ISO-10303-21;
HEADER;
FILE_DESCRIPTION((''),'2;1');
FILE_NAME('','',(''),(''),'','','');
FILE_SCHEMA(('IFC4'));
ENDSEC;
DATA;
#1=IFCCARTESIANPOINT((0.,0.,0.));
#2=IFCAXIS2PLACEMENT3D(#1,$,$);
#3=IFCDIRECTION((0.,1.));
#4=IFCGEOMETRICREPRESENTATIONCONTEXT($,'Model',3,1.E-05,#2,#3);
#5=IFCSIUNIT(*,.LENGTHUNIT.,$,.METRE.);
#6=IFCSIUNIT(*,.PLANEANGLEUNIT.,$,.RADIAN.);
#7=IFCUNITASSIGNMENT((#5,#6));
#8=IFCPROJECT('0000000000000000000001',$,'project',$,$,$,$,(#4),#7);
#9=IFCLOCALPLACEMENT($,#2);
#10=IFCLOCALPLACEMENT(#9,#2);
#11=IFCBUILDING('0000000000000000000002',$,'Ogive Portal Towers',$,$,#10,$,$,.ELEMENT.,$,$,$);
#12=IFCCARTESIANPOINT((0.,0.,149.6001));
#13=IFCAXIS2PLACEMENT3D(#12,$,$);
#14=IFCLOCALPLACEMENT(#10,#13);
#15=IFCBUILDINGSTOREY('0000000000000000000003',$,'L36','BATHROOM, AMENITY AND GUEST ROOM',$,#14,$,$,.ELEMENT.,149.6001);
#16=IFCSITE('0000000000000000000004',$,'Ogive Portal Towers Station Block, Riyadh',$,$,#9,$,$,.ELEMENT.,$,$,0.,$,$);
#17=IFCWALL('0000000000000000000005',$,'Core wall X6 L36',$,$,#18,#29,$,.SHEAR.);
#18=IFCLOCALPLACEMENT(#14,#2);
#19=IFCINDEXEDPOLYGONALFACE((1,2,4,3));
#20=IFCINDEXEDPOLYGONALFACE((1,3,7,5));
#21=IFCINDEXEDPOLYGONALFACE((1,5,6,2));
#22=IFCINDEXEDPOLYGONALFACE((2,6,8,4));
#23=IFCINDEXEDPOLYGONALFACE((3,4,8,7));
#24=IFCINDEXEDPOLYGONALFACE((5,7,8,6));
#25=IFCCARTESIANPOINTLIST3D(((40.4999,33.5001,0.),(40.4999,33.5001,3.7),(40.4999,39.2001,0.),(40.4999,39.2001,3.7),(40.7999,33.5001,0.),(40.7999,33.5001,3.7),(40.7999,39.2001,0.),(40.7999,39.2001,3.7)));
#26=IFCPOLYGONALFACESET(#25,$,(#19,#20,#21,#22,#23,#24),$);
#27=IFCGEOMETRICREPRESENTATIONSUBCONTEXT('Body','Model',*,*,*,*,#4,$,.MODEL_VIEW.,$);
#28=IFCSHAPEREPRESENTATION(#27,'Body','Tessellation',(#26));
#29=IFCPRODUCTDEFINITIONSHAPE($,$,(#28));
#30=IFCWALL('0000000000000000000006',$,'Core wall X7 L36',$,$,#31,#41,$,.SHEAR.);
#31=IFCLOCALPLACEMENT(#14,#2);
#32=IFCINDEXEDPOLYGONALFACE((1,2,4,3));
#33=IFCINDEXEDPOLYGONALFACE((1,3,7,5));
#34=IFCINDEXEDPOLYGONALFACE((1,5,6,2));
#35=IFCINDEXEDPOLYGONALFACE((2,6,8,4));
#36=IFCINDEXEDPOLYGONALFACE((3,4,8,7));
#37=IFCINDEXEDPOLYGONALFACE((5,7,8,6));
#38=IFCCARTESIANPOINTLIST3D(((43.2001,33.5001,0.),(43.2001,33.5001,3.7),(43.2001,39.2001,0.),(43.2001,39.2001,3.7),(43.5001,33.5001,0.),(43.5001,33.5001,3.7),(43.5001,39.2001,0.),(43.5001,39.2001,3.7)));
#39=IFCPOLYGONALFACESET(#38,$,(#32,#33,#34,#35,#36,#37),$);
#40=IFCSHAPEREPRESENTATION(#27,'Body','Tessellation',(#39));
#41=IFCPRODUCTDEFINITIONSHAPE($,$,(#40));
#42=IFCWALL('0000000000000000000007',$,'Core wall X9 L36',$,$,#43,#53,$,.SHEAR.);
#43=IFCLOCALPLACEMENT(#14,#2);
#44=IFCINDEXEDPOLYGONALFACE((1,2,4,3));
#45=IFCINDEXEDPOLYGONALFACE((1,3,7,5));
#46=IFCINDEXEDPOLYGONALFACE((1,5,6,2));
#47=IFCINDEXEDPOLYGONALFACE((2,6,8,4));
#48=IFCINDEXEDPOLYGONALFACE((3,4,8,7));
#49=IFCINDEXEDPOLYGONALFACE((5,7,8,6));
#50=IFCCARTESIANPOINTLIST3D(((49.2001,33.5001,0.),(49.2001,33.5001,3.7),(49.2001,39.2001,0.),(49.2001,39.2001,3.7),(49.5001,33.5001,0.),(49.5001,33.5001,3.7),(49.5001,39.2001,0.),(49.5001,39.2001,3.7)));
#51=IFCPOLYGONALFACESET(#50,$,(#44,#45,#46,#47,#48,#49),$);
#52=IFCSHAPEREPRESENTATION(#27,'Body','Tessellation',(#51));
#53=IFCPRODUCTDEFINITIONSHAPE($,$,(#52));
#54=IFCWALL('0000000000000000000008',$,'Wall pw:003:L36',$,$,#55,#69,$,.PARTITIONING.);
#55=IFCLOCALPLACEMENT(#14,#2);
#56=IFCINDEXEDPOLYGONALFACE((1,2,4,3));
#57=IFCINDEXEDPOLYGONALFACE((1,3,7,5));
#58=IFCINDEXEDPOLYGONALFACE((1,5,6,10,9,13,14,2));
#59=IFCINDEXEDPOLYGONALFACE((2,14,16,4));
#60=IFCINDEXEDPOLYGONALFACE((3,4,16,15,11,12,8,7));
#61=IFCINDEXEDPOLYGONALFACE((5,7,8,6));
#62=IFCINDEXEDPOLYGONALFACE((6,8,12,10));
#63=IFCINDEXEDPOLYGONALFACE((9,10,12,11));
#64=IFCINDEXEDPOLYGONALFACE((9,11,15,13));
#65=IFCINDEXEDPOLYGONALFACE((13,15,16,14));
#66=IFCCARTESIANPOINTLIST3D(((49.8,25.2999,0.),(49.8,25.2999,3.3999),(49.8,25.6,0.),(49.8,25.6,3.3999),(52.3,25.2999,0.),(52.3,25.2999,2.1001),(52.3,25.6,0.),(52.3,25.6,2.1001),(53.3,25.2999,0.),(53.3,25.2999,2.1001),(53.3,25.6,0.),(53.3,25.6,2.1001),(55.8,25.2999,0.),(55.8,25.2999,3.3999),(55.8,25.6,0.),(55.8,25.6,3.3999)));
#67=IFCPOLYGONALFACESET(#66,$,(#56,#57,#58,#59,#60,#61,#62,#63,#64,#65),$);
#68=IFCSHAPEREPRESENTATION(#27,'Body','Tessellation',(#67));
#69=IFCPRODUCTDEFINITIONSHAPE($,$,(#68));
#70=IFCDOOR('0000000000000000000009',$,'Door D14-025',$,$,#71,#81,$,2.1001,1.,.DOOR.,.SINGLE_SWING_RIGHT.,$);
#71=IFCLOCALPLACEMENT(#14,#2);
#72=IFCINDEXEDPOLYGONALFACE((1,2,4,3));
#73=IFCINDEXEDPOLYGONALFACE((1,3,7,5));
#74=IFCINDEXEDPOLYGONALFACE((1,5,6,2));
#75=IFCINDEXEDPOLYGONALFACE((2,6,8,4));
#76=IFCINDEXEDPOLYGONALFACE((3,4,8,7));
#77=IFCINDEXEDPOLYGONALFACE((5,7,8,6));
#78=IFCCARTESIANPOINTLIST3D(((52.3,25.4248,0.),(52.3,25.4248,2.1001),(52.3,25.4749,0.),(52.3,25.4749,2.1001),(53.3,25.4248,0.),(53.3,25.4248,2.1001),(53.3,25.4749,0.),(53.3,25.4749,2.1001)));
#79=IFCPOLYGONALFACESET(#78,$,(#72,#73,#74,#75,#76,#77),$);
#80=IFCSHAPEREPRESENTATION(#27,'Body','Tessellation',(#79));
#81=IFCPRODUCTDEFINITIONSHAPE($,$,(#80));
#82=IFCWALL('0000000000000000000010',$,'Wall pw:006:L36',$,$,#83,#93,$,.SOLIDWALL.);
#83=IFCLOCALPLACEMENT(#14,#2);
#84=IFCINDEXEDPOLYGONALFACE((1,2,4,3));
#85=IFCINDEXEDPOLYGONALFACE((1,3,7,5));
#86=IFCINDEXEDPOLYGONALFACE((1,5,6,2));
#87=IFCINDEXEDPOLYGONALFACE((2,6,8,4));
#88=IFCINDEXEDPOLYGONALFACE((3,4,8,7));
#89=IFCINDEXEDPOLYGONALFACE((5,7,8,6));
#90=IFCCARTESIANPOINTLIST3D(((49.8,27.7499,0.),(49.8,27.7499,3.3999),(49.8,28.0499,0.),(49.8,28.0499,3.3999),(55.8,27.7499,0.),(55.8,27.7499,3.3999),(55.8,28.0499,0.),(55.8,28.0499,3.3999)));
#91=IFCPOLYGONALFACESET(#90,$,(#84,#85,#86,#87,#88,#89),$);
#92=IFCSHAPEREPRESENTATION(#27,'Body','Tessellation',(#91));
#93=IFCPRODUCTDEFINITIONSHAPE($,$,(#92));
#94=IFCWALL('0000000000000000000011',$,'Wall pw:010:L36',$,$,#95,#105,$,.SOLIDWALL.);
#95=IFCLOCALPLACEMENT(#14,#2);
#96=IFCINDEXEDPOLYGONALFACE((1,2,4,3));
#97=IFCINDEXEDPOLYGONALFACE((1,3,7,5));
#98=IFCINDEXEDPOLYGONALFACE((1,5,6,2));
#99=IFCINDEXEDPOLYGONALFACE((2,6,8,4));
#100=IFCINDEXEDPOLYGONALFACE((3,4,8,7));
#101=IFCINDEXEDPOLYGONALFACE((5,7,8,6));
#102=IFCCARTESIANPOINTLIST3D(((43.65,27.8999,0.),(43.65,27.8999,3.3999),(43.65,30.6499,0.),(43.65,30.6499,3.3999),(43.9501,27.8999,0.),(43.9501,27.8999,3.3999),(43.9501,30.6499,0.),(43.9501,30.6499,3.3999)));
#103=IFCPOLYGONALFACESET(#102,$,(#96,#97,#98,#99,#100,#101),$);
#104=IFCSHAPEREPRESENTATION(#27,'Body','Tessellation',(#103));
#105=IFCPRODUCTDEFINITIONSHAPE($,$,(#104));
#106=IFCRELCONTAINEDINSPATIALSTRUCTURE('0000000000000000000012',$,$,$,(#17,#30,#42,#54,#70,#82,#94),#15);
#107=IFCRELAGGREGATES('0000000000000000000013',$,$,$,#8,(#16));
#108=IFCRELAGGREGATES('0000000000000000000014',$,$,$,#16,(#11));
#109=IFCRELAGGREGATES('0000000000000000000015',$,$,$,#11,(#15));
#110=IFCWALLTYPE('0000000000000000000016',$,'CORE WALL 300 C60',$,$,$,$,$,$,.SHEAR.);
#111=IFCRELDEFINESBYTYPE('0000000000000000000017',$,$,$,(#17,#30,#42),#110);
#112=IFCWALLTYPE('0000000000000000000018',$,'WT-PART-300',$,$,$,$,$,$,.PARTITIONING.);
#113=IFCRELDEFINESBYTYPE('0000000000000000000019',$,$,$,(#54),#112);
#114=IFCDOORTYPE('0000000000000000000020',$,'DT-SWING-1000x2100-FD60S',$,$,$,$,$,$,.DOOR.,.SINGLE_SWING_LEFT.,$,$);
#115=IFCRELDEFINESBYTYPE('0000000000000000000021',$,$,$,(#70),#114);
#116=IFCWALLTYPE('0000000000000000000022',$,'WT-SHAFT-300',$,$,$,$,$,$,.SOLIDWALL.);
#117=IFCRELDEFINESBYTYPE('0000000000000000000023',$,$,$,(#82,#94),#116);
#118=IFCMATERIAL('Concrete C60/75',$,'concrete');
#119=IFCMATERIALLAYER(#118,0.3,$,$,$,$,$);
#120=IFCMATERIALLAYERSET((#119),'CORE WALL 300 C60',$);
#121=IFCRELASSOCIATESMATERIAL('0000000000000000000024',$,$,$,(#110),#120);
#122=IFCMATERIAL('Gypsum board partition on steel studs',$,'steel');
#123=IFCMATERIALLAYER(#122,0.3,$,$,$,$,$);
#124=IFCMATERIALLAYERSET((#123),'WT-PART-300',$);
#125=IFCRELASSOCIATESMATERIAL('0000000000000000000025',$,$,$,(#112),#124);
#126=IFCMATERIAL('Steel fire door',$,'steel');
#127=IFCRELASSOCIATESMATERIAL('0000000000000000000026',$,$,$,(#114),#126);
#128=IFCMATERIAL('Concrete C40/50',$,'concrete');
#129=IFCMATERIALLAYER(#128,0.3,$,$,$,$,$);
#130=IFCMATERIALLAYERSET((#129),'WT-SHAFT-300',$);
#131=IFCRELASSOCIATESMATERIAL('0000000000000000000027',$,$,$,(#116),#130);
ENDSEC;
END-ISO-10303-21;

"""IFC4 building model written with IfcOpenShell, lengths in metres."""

from ifc_helpers import new_model, si_unit, direction, frame, frame_2d, origin, place, context, subcontext, project, spatial, rectangle, extrude, material, layer, layer_set, type_object, element, fill, save


model = new_model("IFC4")

# Units and contexts
model_context = context("Model", 3, precision=1e-05, world=origin(), true_north=direction((0.0, 1.0)))
body_context = subcontext(model_context, "Body", "Model", "MODEL_VIEW")
ifc_project = project(units=[si_unit("LENGTHUNIT", "METRE"), si_unit("PLANEANGLEUNIT", "RADIAN")], contexts=[model_context])

# Site, building, storey
site_placement = place(None, origin())
site = spatial("IfcSite", under=ifc_project, at=site_placement, Name="Ogive Portal Towers Station Block, Riyadh", CompositionType="ELEMENT", RefElevation=0.0)
building_placement = place(site_placement, origin())
building = spatial("IfcBuilding", under=site, at=building_placement, Name="Ogive Portal Towers", CompositionType="ELEMENT")
storey_placement = place(building_placement, frame((0.0, 0.0, 149.6001)))
storey = spatial("IfcBuildingStorey", under=building, at=storey_placement, Name="L36", Description="BATHROOM, AMENITY AND GUEST ROOM", CompositionType="ELEMENT", Elevation=149.6001)

# Shared definitions
ifc_material_1 = material(Name="Concrete C60/75", Category="concrete")
ifc_layer_1 = layer(ifc_material_1, 0.3)
ifc_layer_set_1 = layer_set([ifc_layer_1], Name="CORE WALL 300 C60")
wall_type_1 = type_object("IfcWallType", Name="CORE WALL 300 C60", PredefinedType="SHEAR", material=ifc_layer_set_1)
ifc_material_2 = material(Name="Steel fire door", Category="steel")

# Walls
for number, where, z_axis, x_axis, name in (
    (1, (40.6499, 33.5, 0.0), (0.0, 0.0, 1.0), (0.0, 1.0, 0.0), "Core wall X6 L36"),
    (2, (43.3501, 33.5, 0.0), (0.0, 0.0, 1.0), (0.0, 1.0, 0.0), "Core wall X7 L36"),
    (3, (49.3501, 33.5, 0.0), (0.0, 0.0, 1.0), (0.0, 1.0, 0.0), "Core wall X9 L36"),
):
    element("IfcWall", number, at=place(storey_placement, frame(where, z_axis=z_axis, x_axis=x_axis)), inside=storey, type_object=wall_type_1, Name=name, PredefinedType="SHEAR", context=body_context, shape_type="SweptSolid", body=[
        extrude(rectangle(XDim=5.7, YDim=0.3, at=frame_2d((2.8501, 0.0))), origin(), (0.0, 0.0, 1.0), 3.7),
    ])

# Wall, opening, door
ifc_material_3 = material(Name="Gypsum board partition on steel studs", Category="steel")
ifc_layer_2 = layer(ifc_material_3, 0.3)
ifc_layer_set_2 = layer_set([ifc_layer_2], Name="WT-PART-300")
wall_type_2 = type_object("IfcWallType", Name="WT-PART-300", PredefinedType="PARTITIONING", material=ifc_layer_set_2)
wall_1_placement = place(storey_placement, frame((49.8, 25.45, 0.0), z_axis=(0.0, 0.0, 1.0), x_axis=(1.0, 0.0, 0.0)))
wall_1 = element("IfcWall", 4, at=wall_1_placement, inside=storey, type_object=wall_type_2, Name="Wall pw:003:L36", PredefinedType="PARTITIONING", context=body_context, shape_type="SweptSolid", body=[
    extrude(rectangle(XDim=6.0, YDim=0.3, at=frame_2d((3.0, 0.0))), origin(), (0.0, 0.0, 1.0), 3.3999),
])
opening_1_placement = place(wall_1_placement, frame((2.5, 0.0, 0.0)))
opening_1 = element("IfcOpeningElement", 5, at=opening_1_placement, cuts=wall_1, PredefinedType="OPENING", context=body_context, shape_type="SweptSolid", body=[
    extrude(rectangle(XDim=1.0, YDim=2.1001, at=frame_2d((0.5, 1.05))), frame((0.0, 0.1602, 0.0), z_axis=(0.0, -1.0, 0.0), x_axis=(1.0, 0.0, 0.0)), (0.0, 0.0, 1.0), 0.3201),
])
door_type_1 = type_object("IfcDoorType", Name="DT-SWING-1000x2100-FD60S", OperationType="SINGLE_SWING_LEFT", PredefinedType="DOOR", material=ifc_material_2)
door_1_placement = place(opening_1_placement, origin())
door_1 = element("IfcDoor", 6, at=door_1_placement, inside=storey, type_object=door_type_1, Name="Door D14-025", OperationType="SINGLE_SWING_RIGHT", OverallHeight=2.1001, OverallWidth=1.0, PredefinedType="DOOR", context=body_context, shape_type="SweptSolid", body=[
    extrude(rectangle(XDim=1.0, YDim=2.1001, at=frame_2d((0.5, 1.05))), frame((0.0, 0.0249, 0.0), z_axis=(0.0, -1.0, 0.0), x_axis=(1.0, 0.0, 0.0)), (0.0, 0.0, 1.0), 0.05),
])
fill(opening_1, door_1)

# Shared definitions
ifc_material_4 = material(Name="Concrete C40/50", Category="concrete")
ifc_layer_3 = layer(ifc_material_4, 0.3)
ifc_layer_set_3 = layer_set([ifc_layer_3], Name="WT-SHAFT-300")
wall_type_3 = type_object("IfcWallType", Name="WT-SHAFT-300", PredefinedType="SOLIDWALL", material=ifc_layer_set_3)

# Walls
wall_2_placement = place(storey_placement, frame((49.8, 27.8999, 0.0), z_axis=(0.0, 0.0, 1.0), x_axis=(1.0, 0.0, 0.0)))
element("IfcWall", 7, at=wall_2_placement, inside=storey, type_object=wall_type_3, Name="Wall pw:006:L36", PredefinedType="SOLIDWALL", context=body_context, shape_type="SweptSolid", body=[
    extrude(rectangle(XDim=6.0, YDim=0.3, at=frame_2d((3.0, 0.0))), origin(), (0.0, 0.0, 1.0), 3.3999),
])
wall_3_placement = place(storey_placement, frame((43.8, 27.8999, 0.0), z_axis=(0.0, 0.0, 1.0), x_axis=(0.0, 1.0, 0.0)))
element("IfcWall", 8, at=wall_3_placement, inside=storey, type_object=wall_type_3, Name="Wall pw:010:L36", PredefinedType="SOLIDWALL", context=body_context, shape_type="SweptSolid", body=[
    extrude(rectangle(XDim=2.75, YDim=0.3, at=frame_2d((1.375, 0.0))), origin(), (0.0, 0.0, 1.0), 3.3999),
])

save(model, "model.ifc")
